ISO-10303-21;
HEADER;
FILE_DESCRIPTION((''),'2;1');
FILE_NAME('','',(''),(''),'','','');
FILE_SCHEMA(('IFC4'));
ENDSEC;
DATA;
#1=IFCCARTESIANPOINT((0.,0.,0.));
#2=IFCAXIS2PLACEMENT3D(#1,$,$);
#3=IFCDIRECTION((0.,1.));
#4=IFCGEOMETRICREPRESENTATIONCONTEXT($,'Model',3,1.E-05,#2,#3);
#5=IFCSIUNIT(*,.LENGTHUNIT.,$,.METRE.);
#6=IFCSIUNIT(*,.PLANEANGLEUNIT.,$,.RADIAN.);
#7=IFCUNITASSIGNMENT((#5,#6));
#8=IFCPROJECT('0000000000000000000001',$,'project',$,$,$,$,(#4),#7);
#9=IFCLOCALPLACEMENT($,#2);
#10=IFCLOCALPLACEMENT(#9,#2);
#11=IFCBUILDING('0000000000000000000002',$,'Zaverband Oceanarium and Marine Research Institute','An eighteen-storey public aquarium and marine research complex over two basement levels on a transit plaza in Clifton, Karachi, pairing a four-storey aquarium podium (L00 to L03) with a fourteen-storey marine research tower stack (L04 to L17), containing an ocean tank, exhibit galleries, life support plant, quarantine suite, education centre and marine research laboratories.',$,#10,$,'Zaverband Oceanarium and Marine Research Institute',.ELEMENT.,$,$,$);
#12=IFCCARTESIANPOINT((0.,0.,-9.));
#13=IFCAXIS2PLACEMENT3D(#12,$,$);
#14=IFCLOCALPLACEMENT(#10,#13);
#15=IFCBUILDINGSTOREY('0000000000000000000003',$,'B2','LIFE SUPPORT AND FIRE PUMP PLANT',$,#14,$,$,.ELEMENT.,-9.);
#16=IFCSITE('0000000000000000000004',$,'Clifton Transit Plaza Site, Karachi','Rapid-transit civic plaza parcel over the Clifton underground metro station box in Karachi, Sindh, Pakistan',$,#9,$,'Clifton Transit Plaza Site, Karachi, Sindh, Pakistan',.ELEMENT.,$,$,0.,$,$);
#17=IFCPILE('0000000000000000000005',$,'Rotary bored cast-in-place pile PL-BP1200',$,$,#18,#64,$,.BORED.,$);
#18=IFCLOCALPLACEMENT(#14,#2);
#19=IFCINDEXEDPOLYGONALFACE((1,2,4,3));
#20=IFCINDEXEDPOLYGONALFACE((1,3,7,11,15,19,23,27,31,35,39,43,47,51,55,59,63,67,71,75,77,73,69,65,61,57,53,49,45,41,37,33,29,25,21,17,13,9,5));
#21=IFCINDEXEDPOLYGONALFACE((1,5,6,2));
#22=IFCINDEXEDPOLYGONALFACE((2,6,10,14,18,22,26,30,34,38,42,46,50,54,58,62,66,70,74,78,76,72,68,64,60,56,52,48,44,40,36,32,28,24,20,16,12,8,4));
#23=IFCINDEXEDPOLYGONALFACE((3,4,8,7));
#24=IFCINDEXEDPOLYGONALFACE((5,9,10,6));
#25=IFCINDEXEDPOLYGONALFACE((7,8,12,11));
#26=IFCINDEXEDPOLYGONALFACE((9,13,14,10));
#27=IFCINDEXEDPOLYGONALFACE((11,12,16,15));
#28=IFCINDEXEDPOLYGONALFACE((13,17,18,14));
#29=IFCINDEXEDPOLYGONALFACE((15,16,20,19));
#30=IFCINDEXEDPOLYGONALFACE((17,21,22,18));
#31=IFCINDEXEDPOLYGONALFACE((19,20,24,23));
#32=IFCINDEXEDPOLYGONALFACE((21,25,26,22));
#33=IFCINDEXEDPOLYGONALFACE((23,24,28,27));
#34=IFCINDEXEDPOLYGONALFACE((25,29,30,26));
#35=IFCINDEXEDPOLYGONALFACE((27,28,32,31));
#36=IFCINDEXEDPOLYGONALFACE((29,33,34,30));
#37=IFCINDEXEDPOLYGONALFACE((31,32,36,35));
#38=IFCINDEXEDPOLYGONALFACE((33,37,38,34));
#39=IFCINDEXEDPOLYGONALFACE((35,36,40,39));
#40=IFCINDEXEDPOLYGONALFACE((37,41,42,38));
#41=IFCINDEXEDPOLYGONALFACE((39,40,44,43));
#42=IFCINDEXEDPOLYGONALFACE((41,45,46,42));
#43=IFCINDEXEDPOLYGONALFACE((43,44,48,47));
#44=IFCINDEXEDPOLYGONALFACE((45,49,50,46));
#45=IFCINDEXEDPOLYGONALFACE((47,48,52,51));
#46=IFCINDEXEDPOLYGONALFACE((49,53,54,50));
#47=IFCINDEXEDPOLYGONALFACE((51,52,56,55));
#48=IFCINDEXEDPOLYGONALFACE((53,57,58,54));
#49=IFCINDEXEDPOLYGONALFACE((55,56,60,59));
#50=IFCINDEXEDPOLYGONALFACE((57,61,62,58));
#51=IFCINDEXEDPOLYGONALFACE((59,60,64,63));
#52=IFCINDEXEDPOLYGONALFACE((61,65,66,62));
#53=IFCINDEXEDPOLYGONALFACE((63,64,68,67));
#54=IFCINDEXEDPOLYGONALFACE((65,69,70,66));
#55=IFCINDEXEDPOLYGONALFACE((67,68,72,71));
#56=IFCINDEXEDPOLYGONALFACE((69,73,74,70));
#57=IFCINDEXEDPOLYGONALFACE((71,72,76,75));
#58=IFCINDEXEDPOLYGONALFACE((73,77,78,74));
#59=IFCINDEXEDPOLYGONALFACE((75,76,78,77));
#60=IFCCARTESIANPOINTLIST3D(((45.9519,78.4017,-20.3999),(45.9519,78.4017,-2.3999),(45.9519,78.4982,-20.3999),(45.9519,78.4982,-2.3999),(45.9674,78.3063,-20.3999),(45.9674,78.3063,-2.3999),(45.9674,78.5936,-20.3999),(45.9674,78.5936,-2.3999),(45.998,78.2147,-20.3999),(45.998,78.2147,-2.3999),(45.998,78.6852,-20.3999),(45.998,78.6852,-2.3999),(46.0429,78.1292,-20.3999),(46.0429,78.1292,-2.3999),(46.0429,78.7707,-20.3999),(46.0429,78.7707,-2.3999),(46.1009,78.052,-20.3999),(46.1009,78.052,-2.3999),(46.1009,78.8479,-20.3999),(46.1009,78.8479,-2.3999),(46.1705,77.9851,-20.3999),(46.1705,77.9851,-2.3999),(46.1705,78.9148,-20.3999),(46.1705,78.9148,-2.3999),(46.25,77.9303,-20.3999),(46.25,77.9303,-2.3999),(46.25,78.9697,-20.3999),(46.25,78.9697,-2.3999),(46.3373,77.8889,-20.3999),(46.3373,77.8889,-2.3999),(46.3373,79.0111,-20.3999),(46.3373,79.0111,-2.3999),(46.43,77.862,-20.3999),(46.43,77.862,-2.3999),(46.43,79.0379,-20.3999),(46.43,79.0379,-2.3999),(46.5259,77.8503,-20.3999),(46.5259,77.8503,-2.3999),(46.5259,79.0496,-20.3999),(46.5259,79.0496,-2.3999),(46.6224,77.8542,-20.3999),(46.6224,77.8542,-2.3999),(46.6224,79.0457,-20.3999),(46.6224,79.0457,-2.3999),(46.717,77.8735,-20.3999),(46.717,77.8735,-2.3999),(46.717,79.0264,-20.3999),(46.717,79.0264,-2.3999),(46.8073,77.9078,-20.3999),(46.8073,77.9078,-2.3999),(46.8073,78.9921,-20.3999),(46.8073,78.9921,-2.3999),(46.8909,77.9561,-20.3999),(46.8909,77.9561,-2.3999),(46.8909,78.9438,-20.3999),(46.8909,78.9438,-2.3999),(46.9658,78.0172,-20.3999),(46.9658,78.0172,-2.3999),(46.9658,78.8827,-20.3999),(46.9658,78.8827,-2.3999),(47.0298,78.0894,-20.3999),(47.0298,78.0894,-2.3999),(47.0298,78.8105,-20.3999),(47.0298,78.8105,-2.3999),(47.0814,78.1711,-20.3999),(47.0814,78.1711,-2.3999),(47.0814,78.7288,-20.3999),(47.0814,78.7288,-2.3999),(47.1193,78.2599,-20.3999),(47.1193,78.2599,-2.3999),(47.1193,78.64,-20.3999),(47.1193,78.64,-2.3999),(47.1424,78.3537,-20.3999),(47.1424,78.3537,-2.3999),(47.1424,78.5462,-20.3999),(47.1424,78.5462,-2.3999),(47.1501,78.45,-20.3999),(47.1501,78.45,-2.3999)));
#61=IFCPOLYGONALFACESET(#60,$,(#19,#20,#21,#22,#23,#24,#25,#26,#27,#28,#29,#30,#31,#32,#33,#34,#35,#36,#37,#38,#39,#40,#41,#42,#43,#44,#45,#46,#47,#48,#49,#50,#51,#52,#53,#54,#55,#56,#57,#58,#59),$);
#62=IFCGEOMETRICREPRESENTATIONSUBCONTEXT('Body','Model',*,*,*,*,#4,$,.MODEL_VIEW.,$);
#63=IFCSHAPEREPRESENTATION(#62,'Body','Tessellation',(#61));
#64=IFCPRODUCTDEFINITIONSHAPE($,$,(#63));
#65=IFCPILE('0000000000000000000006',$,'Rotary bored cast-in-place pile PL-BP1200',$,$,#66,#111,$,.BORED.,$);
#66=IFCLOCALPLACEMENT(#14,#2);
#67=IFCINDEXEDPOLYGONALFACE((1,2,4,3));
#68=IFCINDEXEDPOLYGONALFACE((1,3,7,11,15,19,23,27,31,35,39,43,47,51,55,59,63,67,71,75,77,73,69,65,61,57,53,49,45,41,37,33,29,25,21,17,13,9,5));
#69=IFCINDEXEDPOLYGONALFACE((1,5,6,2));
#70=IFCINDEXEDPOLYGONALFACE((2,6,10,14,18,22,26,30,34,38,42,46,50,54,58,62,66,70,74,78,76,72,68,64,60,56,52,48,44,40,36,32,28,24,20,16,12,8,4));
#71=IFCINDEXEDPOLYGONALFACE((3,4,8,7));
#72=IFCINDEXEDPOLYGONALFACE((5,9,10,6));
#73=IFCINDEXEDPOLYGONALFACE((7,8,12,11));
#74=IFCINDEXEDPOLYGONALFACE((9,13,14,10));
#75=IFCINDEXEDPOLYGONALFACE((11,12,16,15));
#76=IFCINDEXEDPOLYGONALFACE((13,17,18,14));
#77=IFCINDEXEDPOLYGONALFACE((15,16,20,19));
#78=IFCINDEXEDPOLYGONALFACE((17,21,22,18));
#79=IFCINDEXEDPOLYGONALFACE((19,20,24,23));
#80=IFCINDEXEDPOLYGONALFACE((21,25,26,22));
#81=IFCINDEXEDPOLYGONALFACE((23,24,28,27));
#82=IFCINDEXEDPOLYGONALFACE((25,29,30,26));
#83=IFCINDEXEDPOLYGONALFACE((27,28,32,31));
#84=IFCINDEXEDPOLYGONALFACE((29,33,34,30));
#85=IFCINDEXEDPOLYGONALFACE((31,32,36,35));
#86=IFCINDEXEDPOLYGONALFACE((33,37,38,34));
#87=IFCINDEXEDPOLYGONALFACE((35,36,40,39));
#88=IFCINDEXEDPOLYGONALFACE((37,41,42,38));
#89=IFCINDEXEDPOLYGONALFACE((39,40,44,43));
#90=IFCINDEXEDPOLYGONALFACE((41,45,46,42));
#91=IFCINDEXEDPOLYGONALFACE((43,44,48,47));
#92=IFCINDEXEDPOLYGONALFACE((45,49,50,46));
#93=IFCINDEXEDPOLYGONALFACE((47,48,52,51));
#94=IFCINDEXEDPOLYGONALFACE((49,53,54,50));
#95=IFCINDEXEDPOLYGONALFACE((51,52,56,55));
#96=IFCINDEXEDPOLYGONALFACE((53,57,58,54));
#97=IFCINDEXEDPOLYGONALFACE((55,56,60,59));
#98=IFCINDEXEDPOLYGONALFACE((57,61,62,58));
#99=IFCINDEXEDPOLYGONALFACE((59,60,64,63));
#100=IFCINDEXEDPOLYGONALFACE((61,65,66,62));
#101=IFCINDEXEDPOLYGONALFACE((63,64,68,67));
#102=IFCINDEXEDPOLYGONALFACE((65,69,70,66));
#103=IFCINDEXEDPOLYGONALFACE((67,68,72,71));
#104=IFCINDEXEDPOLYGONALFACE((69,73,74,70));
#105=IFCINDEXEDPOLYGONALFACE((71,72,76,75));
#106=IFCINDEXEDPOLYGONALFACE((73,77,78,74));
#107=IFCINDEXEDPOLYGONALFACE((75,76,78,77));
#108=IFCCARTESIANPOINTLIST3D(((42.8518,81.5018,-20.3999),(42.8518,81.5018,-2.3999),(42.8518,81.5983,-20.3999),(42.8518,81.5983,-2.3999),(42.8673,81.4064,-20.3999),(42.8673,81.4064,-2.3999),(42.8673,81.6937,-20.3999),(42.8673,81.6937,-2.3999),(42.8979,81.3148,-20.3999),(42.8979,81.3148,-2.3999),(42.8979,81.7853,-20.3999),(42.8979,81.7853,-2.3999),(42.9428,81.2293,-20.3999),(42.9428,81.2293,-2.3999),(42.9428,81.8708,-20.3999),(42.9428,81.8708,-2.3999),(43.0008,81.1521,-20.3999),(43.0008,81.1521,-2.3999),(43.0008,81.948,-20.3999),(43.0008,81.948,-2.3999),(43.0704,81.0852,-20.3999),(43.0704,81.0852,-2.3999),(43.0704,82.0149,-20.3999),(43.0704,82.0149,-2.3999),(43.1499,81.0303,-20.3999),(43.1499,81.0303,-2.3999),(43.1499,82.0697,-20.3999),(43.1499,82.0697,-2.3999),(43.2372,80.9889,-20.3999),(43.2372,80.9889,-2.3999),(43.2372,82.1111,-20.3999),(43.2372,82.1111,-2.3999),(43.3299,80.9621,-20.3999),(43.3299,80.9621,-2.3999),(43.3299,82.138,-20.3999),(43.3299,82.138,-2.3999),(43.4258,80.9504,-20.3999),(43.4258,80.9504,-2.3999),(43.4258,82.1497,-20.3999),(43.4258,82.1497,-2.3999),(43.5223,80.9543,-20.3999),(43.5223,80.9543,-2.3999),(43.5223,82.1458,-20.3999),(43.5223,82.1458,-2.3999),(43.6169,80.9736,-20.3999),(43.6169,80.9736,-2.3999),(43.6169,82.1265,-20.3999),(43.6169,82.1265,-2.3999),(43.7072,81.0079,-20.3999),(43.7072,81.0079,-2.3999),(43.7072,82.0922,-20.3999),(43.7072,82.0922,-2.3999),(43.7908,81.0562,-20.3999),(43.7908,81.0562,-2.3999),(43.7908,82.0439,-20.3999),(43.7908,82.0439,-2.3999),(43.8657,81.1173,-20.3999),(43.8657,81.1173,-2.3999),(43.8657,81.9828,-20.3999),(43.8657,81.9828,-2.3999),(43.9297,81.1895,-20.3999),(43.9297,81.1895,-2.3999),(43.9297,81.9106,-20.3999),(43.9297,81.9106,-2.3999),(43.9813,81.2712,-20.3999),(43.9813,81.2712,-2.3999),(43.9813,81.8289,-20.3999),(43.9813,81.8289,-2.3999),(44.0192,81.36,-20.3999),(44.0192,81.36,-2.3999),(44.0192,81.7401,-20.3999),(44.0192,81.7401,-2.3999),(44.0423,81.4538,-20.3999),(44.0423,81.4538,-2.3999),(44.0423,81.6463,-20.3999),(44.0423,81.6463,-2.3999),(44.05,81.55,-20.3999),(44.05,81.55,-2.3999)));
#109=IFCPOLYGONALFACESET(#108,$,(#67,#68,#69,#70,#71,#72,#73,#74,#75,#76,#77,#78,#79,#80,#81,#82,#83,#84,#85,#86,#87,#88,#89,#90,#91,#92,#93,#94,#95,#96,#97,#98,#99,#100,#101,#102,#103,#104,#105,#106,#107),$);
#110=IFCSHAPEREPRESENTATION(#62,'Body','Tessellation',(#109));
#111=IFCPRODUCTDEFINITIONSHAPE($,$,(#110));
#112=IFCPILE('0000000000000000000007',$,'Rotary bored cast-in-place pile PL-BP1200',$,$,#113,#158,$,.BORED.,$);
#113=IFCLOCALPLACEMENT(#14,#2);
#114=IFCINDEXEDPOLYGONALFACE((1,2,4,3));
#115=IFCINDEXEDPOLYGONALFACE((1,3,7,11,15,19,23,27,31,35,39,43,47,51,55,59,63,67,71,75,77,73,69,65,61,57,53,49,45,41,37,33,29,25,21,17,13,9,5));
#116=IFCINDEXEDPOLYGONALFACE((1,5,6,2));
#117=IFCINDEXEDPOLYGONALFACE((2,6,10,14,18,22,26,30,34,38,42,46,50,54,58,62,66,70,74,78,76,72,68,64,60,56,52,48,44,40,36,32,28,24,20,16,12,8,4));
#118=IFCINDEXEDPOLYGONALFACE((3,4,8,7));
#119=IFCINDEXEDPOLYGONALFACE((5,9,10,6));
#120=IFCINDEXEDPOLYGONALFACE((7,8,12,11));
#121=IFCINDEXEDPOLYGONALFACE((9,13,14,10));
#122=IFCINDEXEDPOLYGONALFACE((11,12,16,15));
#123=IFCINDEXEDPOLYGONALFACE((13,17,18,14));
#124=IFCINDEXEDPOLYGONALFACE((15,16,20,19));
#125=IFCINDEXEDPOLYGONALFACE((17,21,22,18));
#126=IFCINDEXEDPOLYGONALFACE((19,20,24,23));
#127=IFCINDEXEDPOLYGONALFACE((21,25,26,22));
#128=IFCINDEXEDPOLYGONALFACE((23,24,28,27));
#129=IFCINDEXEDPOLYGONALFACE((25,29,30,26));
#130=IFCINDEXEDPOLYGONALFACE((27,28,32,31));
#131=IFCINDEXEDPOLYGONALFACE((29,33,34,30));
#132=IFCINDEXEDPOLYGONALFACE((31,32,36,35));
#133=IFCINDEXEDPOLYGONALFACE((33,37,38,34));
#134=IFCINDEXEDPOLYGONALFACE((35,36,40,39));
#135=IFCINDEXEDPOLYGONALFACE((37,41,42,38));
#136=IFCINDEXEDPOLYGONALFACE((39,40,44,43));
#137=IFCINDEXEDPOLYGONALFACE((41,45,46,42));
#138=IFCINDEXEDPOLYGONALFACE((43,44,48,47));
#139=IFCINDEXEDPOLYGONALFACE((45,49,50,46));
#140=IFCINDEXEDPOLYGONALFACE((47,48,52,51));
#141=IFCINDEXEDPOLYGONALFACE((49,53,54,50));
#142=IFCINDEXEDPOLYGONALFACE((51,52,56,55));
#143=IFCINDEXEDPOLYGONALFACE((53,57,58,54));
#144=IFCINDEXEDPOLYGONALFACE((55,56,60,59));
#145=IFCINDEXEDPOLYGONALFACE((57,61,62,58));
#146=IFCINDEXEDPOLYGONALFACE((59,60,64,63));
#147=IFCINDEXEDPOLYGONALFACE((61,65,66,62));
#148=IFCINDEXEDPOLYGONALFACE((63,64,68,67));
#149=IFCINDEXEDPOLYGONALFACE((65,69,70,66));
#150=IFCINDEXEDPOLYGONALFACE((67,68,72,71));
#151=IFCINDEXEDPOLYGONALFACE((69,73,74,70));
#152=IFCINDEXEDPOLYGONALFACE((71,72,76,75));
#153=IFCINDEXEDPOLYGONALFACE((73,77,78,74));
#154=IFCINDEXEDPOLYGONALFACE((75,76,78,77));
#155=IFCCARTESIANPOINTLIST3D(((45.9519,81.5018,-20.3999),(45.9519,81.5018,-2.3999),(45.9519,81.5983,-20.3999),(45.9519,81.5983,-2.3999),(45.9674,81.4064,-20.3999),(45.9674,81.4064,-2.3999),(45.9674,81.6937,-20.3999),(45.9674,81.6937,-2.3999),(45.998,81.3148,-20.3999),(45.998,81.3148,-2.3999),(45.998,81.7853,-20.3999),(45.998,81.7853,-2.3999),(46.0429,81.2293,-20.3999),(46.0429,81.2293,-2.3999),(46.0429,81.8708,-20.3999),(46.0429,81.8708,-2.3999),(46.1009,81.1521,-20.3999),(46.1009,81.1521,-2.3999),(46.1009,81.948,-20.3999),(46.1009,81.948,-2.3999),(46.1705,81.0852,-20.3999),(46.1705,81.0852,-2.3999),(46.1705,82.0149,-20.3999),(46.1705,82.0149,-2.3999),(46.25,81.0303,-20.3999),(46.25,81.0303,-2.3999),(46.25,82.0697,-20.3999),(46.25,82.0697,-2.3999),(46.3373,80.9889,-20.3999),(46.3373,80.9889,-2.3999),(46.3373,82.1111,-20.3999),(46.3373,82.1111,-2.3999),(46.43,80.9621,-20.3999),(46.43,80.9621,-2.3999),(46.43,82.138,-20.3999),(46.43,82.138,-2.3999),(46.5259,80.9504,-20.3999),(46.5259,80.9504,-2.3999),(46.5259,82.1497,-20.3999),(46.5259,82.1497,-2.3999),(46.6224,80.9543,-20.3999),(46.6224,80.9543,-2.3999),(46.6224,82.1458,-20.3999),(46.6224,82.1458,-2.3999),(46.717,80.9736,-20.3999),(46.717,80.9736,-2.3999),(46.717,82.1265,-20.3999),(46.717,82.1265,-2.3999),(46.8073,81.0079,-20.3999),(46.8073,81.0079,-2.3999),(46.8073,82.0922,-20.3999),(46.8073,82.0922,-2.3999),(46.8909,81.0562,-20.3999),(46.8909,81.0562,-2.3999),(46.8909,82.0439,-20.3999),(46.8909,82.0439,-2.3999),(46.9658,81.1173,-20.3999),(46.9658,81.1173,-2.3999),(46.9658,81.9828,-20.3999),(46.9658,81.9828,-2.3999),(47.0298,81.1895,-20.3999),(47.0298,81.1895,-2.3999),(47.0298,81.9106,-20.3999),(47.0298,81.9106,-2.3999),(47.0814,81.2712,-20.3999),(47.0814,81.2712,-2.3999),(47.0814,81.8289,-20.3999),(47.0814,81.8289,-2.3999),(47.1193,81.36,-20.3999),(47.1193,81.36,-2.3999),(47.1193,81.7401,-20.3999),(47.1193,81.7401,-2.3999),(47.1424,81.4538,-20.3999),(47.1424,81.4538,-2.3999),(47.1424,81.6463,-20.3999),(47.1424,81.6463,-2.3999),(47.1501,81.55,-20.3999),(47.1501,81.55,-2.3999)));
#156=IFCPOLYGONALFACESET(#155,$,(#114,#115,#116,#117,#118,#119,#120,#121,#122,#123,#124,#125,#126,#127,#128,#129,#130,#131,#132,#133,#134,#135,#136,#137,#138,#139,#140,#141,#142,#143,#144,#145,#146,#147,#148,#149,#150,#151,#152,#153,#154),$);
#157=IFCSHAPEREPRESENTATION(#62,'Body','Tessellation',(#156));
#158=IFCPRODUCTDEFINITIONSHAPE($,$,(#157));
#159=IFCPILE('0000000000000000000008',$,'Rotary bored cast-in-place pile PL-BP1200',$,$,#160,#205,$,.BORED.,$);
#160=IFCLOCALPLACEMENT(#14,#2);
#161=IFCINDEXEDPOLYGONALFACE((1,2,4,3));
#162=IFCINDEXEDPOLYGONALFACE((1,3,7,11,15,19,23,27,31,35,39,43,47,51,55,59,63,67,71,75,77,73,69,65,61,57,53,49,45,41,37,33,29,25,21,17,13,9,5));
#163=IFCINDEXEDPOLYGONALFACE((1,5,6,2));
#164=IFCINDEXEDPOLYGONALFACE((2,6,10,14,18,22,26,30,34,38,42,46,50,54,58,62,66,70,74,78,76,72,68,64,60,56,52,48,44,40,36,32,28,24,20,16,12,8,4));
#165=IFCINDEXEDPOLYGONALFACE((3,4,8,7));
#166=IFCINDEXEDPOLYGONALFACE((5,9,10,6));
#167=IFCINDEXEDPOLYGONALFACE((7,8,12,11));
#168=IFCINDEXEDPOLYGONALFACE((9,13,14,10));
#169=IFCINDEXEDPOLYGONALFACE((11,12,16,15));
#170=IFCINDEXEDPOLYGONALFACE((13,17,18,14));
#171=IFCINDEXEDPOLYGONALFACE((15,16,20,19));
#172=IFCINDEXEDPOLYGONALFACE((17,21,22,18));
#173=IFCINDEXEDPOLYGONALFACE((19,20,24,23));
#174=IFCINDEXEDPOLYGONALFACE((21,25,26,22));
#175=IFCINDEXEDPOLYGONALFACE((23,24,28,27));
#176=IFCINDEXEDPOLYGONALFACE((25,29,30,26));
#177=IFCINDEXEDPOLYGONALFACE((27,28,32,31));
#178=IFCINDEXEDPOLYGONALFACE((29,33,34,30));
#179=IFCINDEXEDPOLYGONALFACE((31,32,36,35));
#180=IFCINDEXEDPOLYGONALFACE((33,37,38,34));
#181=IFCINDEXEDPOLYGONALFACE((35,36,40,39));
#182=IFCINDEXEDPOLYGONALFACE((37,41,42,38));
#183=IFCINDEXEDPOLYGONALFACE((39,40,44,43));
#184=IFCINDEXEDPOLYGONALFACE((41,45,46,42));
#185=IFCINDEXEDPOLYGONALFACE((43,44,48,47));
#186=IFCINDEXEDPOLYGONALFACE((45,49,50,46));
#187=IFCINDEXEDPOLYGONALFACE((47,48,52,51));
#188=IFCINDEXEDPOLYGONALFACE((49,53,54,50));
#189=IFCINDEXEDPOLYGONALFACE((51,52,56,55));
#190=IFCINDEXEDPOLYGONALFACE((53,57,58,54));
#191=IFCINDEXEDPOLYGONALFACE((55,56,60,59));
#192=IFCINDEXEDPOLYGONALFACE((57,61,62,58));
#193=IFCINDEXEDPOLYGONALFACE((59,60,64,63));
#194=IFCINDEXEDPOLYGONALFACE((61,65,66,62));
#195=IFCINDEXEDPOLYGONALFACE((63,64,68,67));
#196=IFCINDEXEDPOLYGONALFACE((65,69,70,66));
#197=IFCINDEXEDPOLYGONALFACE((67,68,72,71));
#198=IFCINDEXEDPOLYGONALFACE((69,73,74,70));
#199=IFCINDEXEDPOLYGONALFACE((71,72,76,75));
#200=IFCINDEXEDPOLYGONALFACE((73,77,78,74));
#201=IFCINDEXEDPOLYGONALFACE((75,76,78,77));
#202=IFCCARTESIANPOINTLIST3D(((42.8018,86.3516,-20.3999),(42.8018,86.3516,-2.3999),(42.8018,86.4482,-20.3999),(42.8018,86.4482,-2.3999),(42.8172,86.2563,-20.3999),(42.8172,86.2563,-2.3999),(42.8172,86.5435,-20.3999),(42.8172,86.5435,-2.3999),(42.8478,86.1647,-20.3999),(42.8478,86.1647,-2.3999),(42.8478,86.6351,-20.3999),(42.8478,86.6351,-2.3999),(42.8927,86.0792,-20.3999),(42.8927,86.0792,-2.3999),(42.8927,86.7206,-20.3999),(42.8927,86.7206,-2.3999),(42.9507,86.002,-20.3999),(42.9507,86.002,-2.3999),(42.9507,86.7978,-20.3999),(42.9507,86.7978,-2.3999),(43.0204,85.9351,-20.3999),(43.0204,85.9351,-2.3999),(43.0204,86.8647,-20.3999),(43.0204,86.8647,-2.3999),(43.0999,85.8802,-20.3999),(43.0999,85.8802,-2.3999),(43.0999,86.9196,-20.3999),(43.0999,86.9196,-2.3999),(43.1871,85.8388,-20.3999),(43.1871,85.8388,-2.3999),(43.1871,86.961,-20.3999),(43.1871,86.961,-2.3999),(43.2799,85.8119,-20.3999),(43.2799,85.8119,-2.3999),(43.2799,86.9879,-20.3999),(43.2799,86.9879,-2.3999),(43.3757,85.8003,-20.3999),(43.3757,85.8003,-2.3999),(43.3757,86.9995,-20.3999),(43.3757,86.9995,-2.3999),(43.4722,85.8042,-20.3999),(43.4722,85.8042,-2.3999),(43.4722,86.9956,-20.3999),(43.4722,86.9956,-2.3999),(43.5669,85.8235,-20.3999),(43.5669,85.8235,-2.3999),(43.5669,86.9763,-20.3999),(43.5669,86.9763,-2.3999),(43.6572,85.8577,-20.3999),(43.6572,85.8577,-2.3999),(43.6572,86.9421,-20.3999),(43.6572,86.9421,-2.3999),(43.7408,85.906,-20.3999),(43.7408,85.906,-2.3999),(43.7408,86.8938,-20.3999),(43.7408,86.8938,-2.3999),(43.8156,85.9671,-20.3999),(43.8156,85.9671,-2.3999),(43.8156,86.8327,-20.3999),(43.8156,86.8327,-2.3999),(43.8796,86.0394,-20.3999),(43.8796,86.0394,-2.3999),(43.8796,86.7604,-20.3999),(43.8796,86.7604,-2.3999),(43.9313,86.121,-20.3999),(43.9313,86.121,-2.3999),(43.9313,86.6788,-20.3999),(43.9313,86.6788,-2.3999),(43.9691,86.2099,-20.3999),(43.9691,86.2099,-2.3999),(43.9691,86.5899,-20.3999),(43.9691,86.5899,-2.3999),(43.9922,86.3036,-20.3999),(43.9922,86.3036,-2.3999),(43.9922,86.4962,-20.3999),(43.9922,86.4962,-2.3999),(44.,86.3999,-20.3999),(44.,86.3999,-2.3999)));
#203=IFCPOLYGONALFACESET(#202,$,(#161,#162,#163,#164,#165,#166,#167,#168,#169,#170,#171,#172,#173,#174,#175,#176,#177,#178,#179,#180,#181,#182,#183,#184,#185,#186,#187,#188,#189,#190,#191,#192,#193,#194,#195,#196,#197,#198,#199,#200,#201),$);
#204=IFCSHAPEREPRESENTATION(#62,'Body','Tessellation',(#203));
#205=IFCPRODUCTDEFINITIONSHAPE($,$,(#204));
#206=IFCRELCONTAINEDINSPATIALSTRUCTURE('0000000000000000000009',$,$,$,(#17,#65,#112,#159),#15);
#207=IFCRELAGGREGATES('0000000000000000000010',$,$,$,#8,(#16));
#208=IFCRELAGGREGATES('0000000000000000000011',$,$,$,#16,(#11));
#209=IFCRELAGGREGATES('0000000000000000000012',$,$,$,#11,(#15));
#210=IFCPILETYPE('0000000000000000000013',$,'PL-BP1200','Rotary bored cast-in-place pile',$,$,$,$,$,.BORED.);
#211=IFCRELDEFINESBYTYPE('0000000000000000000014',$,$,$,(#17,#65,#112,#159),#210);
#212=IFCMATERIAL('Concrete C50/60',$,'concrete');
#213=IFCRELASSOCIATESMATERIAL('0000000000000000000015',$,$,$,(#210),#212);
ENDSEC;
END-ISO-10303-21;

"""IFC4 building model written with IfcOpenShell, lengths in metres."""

from ifc_helpers import new_model, si_unit, direction, frame, origin, origin_2d, place, context, subcontext, project, spatial, circle, extrude, material, material_profile, profile_set, type_object, element, save


model = new_model("IFC4")

# Units and contexts
model_context = context("Model", 3, precision=1e-05, world=origin(), true_north=direction((0.0, 1.0)))
body_context = subcontext(model_context, "Body", "Model", "MODEL_VIEW")
ifc_project = project(units=[si_unit("LENGTHUNIT", "METRE"), si_unit("PLANEANGLEUNIT", "RADIAN")], contexts=[model_context])

# Site, building, storey
site_placement = place(None, origin())
site = spatial("IfcSite", under=ifc_project, at=site_placement, Name="Clifton Transit Plaza Site, Karachi", Description="Rapid-transit civic plaza parcel over the Clifton underground metro station box in Karachi, Sindh, Pakistan", LongName="Clifton Transit Plaza Site, Karachi, Sindh, Pakistan", CompositionType="ELEMENT", RefElevation=0.0)
building_placement = place(site_placement, origin())
building = spatial("IfcBuilding", under=site, at=building_placement, Name="Zaverband Oceanarium and Marine Research Institute", Description="An eighteen-storey public aquarium and marine research complex over two basement levels on a transit plaza in Clifton, Karachi, pairing a four-storey aquarium podium (L00 to L03) with a fourteen-storey marine research tower stack (L04 to L17), containing an ocean tank, exhibit galleries, life support plant, quarantine suite, education centre and marine research laboratories.", LongName="Zaverband Oceanarium and Marine Research Institute", CompositionType="ELEMENT")
storey_placement = place(building_placement, frame((0.0, 0.0, -9.0)))
storey = spatial("IfcBuildingStorey", under=building, at=storey_placement, Name="B2", Description="LIFE SUPPORT AND FIRE PUMP PLANT", CompositionType="ELEMENT", Elevation=-9.0)

# Shared definitions
ifc_material_1 = material(Name="Concrete C50/60", Category="concrete")

# Piles
ifc_material_profile_1 = material_profile(ifc_material_1, circle(Radius=0.6001, at=origin_2d()), Name="BP1200")
ifc_profile_set_1 = profile_set([ifc_material_profile_1], Name="Concrete C50/60")
pile_type = type_object("IfcPileType", Name="PL-BP1200", Description="Rotary bored cast-in-place pile", PredefinedType="BORED", material=ifc_profile_set_1)
for number, where, z_axis, x_axis, name in (
    (1, (46.55, 78.45, -2.3999), (0.0, 0.0, -1.0), (1.0, 0.0, 0.0), "Rotary bored cast-in-place pile PL-BP1200"),
    (2, (43.45, 81.55, -2.3999), (0.0, 0.0, -1.0), (1.0, 0.0, 0.0), "Rotary bored cast-in-place pile PL-BP1200"),
    (3, (46.55, 81.55, -2.3999), (0.0, 0.0, -1.0), (1.0, 0.0, 0.0), "Rotary bored cast-in-place pile PL-BP1200"),
    (4, (43.3999, 86.3999, -2.3999), (0.0, 0.0, -1.0), (1.0, 0.0, 0.0), "Rotary bored cast-in-place pile PL-BP1200"),
):
    element("IfcPile", number, at=place(storey_placement, frame(where, z_axis=z_axis, x_axis=x_axis)), inside=storey, type_object=pile_type, Name=name, PredefinedType="BORED", context=body_context, shape_type="SweptSolid", body=[
        extrude(circle(Radius=0.6001, at=origin_2d()), origin(), (0.0, 0.0, 1.0), 18.0),
    ])

save(model, "model.ifc")
